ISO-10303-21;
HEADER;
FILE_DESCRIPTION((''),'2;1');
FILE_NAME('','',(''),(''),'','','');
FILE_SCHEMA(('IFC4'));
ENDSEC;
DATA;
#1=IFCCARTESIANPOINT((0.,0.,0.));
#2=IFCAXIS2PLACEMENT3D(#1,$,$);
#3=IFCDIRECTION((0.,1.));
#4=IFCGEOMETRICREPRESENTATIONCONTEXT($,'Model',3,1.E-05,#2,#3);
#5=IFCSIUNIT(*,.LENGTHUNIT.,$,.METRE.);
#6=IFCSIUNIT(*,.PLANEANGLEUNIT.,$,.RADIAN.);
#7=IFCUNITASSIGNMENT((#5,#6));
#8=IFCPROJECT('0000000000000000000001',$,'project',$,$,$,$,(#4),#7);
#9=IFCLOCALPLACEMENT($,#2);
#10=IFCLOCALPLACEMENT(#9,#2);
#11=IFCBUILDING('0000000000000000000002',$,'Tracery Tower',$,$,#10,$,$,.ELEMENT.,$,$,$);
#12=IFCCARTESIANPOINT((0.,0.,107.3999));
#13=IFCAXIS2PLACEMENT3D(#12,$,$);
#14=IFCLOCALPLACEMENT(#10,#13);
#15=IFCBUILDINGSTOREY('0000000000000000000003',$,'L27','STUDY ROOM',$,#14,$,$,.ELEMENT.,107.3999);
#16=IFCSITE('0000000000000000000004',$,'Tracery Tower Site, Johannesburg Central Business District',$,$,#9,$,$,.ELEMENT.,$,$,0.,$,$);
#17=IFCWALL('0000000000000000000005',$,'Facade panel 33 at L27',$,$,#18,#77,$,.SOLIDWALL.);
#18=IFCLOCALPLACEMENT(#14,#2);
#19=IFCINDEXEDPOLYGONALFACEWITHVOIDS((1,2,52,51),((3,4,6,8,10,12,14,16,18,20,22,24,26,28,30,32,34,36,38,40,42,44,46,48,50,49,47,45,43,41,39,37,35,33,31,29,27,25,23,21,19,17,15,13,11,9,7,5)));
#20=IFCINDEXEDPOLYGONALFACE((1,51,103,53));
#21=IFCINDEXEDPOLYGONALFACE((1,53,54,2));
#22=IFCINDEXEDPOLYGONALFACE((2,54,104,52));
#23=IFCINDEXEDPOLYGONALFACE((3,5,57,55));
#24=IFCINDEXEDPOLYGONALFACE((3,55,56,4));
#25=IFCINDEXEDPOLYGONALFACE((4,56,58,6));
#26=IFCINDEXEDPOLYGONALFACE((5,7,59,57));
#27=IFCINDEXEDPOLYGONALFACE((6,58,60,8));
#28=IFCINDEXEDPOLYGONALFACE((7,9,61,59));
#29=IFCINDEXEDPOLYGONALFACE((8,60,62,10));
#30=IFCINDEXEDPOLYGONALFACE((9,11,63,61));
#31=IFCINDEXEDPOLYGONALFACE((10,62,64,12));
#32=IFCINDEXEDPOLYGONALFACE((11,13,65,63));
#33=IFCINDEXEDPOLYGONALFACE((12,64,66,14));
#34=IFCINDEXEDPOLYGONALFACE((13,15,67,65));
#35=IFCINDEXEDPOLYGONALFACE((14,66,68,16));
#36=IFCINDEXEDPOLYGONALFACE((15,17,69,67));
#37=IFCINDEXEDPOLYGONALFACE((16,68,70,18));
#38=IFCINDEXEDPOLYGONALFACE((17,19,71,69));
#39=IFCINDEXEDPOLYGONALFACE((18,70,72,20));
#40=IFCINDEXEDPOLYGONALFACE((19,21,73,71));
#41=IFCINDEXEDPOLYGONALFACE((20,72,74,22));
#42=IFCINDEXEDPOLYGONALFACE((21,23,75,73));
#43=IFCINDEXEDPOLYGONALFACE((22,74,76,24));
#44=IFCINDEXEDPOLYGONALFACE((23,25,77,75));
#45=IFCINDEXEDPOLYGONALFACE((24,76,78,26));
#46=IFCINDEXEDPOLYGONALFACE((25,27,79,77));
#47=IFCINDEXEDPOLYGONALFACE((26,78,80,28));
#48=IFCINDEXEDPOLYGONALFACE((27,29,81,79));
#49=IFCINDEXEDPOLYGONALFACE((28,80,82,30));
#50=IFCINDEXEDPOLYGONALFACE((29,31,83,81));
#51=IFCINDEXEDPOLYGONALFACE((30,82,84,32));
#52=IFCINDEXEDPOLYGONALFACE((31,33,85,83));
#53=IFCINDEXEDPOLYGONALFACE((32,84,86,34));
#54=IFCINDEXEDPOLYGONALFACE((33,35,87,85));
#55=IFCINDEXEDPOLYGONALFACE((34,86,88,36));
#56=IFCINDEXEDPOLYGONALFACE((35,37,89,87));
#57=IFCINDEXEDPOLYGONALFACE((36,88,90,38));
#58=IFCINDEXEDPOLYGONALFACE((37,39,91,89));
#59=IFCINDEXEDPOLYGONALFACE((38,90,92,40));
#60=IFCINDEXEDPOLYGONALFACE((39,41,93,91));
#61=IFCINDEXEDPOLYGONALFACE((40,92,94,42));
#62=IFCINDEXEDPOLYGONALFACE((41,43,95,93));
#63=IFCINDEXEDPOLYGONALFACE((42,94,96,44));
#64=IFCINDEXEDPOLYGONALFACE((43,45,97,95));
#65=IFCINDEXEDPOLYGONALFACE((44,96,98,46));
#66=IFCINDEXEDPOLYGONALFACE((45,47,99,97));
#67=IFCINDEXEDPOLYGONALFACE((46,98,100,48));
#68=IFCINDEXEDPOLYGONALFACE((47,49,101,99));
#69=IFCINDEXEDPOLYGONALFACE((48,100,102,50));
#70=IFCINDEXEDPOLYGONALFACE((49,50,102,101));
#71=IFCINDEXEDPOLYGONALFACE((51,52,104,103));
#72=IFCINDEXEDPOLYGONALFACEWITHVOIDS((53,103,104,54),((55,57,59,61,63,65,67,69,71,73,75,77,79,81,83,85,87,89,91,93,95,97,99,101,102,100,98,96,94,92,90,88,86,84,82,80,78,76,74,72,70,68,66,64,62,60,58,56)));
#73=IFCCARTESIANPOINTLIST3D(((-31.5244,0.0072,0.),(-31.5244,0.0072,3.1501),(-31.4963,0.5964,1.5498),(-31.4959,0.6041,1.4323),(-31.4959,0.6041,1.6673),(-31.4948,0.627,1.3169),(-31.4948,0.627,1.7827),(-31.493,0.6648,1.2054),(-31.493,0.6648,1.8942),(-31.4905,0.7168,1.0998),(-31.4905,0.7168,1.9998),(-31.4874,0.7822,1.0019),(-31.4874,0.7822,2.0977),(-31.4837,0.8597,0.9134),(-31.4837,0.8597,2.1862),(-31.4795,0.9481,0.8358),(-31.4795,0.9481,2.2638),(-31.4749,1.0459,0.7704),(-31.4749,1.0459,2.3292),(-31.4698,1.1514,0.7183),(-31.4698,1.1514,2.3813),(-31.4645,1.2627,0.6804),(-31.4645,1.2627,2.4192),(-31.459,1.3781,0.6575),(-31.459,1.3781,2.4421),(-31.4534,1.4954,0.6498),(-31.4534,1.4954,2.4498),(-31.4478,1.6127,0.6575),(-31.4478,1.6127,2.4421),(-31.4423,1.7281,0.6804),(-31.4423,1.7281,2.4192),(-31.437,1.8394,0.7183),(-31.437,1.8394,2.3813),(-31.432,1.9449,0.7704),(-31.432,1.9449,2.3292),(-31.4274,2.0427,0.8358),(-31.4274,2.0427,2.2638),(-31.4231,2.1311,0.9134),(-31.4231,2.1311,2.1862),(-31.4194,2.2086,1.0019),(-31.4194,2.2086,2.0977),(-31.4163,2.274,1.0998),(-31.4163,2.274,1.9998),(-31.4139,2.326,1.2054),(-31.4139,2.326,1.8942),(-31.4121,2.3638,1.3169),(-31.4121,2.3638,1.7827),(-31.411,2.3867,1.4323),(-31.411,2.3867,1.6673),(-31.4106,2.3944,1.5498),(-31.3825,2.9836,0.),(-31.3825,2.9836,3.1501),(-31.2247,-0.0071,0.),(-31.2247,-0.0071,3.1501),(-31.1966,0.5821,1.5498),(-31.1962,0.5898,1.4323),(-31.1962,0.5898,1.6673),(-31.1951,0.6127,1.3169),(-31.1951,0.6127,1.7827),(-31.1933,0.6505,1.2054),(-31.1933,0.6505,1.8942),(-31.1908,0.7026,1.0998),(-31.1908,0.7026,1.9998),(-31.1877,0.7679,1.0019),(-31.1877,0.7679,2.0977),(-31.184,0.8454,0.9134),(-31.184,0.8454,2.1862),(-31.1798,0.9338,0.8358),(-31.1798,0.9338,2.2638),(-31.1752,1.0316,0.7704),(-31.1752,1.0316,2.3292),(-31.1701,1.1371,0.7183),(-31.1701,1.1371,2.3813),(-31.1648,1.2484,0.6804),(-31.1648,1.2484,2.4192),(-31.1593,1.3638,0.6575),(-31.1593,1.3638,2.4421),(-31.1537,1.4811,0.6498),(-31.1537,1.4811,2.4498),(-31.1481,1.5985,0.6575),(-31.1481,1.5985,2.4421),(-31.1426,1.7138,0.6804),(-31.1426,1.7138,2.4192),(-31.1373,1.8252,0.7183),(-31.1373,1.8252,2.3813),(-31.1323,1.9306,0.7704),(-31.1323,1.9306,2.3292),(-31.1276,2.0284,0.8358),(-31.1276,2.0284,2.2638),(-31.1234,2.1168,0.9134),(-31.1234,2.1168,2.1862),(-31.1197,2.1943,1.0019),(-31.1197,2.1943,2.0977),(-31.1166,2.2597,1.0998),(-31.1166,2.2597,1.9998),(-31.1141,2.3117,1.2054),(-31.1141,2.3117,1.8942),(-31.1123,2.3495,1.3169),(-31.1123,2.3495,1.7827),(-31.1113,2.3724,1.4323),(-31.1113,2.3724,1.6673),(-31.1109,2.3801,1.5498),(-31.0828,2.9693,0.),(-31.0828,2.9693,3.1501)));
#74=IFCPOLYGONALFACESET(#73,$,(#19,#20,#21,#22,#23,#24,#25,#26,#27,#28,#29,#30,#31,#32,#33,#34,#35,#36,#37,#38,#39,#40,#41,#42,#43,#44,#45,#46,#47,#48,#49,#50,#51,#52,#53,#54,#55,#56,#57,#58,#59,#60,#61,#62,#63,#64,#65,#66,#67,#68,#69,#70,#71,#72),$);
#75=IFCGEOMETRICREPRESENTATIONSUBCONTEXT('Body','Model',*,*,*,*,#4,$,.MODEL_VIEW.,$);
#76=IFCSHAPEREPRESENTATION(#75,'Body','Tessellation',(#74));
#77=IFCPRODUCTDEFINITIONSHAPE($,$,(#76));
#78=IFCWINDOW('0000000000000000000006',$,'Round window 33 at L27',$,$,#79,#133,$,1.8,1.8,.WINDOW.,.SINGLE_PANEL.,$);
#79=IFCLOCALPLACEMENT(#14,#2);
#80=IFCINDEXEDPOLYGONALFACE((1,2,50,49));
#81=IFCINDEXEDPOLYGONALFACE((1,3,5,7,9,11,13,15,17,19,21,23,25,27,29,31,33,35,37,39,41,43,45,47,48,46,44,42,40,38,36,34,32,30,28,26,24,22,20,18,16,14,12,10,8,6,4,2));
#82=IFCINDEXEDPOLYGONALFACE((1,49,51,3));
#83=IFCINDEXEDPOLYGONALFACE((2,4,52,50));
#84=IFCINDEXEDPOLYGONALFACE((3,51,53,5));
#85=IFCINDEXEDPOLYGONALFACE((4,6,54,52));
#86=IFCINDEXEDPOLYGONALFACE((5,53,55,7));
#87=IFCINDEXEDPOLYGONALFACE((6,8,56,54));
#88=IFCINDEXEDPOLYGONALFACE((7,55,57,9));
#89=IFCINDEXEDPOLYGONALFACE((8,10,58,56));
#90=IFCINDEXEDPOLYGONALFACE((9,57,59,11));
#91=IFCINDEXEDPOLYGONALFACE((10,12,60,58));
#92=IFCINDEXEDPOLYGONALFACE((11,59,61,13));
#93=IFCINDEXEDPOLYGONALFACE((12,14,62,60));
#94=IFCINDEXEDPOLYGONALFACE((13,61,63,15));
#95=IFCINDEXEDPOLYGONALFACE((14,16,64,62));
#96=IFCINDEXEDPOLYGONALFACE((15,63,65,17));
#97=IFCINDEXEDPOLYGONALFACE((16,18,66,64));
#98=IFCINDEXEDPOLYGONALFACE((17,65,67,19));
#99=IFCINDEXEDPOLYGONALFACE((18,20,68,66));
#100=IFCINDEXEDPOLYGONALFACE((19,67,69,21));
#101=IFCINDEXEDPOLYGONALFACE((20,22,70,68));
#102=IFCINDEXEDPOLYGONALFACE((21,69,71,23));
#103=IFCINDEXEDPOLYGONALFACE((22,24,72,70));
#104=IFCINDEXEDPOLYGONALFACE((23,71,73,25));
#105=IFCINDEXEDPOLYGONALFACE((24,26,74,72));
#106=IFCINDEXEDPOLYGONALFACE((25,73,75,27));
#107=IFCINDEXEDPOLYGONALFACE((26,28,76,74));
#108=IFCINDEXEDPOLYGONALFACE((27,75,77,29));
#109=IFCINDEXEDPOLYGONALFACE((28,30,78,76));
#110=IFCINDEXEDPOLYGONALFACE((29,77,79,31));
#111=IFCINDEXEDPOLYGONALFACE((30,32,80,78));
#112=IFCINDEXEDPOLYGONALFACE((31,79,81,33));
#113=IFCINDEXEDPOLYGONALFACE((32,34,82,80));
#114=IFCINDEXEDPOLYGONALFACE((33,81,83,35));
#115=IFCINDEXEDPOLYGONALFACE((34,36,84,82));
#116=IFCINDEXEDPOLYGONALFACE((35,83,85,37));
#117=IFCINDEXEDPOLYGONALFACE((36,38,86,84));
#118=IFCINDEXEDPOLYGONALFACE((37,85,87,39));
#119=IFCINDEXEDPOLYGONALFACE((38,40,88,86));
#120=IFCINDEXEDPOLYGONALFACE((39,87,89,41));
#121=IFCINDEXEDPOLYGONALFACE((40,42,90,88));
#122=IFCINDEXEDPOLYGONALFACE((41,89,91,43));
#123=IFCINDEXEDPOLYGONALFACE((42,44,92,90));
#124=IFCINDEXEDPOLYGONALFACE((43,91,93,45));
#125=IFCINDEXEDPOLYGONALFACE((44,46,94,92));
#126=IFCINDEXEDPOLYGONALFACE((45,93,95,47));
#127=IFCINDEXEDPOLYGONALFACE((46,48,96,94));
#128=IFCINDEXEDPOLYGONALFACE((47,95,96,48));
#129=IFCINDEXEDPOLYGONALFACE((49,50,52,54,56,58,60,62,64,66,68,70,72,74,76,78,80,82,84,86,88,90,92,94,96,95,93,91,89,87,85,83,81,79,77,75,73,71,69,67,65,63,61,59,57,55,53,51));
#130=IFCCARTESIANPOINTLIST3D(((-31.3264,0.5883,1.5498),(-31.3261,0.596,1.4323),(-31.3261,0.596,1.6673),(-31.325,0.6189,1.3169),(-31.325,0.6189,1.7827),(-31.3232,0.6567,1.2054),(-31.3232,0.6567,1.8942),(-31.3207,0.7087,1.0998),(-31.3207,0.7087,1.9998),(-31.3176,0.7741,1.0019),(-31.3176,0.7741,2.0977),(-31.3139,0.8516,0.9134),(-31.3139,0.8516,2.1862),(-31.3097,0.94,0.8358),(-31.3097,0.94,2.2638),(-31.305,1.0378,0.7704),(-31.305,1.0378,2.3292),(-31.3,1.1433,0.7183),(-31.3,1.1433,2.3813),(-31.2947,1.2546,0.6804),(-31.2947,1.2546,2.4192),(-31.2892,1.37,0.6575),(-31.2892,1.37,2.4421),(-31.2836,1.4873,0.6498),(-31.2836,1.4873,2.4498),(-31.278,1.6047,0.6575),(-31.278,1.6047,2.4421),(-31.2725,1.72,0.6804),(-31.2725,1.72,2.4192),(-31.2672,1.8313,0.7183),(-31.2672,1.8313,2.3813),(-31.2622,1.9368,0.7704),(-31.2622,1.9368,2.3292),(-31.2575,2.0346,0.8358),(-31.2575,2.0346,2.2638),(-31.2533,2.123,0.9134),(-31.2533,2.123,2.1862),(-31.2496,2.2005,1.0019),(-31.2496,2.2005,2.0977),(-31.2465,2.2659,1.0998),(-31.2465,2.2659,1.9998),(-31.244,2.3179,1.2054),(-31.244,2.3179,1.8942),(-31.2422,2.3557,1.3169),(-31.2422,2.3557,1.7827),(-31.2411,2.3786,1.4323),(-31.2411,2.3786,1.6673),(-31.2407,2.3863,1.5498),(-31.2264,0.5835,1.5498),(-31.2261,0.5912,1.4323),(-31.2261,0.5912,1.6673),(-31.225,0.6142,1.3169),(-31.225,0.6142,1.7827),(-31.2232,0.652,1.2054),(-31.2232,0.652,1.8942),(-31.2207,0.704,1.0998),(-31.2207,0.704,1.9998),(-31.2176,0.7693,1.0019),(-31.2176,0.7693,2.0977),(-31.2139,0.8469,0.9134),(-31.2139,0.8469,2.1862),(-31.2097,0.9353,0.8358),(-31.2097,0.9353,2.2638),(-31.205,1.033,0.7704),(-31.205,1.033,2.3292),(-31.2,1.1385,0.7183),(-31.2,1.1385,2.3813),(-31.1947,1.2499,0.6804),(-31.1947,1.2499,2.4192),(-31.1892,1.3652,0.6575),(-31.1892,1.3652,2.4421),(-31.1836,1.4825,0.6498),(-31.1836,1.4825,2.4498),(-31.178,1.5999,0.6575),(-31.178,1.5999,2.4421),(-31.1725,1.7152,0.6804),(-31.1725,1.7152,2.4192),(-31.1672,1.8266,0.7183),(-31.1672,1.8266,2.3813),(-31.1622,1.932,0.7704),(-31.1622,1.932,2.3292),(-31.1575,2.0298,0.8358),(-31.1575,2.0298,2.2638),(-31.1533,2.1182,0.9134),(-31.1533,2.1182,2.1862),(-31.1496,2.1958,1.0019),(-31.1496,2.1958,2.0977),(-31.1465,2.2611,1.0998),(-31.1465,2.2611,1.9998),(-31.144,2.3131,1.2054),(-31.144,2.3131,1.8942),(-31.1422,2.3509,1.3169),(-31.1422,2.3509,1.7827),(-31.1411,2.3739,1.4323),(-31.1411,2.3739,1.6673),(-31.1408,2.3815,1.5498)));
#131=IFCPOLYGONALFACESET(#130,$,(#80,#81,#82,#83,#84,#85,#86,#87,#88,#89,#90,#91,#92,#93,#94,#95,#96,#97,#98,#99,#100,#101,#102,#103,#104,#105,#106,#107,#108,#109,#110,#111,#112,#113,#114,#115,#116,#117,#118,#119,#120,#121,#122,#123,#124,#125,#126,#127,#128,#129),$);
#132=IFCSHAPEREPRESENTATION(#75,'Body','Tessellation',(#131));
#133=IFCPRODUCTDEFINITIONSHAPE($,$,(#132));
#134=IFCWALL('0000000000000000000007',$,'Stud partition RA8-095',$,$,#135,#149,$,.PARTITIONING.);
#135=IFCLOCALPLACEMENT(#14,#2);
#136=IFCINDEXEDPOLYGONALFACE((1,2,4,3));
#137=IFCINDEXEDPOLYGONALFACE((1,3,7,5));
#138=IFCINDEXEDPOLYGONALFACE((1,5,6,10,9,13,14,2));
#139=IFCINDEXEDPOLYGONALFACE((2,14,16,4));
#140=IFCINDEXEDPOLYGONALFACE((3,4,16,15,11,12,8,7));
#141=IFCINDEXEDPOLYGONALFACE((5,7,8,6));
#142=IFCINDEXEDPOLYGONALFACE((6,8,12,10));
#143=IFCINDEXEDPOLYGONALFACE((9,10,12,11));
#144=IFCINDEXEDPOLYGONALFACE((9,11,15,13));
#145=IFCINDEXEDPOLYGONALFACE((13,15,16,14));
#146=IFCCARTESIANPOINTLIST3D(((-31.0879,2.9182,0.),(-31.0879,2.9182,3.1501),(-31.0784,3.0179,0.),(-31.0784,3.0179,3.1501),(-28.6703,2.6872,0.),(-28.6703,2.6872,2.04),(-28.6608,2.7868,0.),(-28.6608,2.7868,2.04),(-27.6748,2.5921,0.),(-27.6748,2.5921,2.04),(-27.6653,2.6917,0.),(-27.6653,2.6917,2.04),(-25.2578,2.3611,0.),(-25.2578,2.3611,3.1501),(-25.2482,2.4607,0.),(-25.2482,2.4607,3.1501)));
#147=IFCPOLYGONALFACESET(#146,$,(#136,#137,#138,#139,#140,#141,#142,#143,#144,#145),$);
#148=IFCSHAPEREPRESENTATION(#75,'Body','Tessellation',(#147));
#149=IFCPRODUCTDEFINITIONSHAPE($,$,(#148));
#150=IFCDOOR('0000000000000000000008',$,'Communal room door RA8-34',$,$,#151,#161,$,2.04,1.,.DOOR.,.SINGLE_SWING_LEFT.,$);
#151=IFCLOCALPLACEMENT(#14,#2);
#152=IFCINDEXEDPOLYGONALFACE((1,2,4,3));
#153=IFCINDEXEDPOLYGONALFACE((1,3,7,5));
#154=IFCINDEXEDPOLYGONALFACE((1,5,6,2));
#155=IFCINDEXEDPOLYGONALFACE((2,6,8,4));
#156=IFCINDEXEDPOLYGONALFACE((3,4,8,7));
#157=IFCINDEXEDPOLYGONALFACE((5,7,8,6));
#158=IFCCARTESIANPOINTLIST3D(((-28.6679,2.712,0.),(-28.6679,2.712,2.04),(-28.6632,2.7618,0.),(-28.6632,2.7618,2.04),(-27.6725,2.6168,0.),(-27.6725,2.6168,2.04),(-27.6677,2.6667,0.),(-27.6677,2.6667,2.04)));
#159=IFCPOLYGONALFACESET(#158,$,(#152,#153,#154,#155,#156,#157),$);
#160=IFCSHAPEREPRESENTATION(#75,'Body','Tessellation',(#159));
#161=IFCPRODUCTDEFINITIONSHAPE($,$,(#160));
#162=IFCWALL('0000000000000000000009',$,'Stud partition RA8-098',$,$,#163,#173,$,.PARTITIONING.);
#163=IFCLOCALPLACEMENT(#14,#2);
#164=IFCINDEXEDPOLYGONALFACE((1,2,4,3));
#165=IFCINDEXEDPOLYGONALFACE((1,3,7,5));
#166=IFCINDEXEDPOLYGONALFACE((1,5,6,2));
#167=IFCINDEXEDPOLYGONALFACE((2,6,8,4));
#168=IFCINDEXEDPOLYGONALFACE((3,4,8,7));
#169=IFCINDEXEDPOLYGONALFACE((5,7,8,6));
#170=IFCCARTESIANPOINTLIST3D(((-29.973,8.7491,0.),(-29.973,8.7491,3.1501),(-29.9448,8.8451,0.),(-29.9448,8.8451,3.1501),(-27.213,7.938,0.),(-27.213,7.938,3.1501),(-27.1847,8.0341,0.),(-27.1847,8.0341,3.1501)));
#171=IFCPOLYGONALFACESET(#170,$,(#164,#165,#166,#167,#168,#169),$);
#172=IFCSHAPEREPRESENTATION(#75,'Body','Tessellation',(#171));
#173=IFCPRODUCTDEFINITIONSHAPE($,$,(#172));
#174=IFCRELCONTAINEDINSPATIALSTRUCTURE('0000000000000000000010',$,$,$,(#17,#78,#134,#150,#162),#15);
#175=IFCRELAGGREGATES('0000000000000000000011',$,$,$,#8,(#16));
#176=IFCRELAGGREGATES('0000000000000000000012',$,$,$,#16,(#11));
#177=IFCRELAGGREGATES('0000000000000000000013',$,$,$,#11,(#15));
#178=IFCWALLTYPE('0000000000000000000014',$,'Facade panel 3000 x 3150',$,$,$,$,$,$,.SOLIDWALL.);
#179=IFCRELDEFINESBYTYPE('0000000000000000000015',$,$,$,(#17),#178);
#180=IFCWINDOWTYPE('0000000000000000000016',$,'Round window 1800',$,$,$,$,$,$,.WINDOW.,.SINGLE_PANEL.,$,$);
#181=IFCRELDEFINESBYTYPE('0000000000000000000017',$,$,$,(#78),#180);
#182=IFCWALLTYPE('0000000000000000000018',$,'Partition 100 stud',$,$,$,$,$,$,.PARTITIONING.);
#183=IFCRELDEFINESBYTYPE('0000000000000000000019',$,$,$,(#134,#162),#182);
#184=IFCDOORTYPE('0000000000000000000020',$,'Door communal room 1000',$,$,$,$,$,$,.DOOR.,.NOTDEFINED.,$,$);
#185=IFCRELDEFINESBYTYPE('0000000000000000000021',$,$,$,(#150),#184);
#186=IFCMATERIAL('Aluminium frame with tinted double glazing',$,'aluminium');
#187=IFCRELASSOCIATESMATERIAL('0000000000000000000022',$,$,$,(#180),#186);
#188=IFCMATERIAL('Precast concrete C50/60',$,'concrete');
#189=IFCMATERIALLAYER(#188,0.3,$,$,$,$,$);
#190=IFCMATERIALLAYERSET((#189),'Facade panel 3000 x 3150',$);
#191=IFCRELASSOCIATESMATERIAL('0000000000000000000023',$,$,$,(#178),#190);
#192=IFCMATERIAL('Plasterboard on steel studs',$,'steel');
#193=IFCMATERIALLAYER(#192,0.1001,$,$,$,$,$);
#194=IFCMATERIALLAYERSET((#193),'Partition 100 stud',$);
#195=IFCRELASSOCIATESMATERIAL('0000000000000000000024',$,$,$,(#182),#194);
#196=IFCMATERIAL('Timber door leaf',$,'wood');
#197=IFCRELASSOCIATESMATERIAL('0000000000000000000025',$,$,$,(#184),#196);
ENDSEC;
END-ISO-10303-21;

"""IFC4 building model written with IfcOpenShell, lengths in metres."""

from ifc_helpers import new_model, si_unit, direction, frame, frame_2d, origin, origin_2d, place, context, subcontext, project, spatial, rectangle, circle, extrude, material, layer, layer_set, type_object, element, fill, save


model = new_model("IFC4")

# Units and contexts
model_context = context("Model", 3, precision=1e-05, world=origin(), true_north=direction((0.0, 1.0)))
body_context = subcontext(model_context, "Body", "Model", "MODEL_VIEW")
ifc_project = project(units=[si_unit("LENGTHUNIT", "METRE"), si_unit("PLANEANGLEUNIT", "RADIAN")], contexts=[model_context])

# Site, building, storey
site_placement = place(None, origin())
site = spatial("IfcSite", under=ifc_project, at=site_placement, Name="Tracery Tower Site, Johannesburg Central Business District", CompositionType="ELEMENT", RefElevation=0.0)
building_placement = place(site_placement, origin())
building = spatial("IfcBuilding", under=site, at=building_placement, Name="Tracery Tower", CompositionType="ELEMENT")
storey_placement = place(building_placement, frame((0.0, 0.0, 107.3999)))
storey = spatial("IfcBuildingStorey", under=building, at=storey_placement, Name="L27", Description="STUDY ROOM", CompositionType="ELEMENT", Elevation=107.3999)

# Wall, opening, window
ifc_material_1 = material(Name="Aluminium frame with tinted double glazing", Category="aluminium")
window_type = type_object("IfcWindowType", Name="Round window 1800", PartitioningType="SINGLE_PANEL", PredefinedType="WINDOW", material=ifc_material_1)
ifc_material_2 = material(Name="Precast concrete C50/60", Category="concrete")
ifc_layer_1 = layer(ifc_material_2, 0.3)
ifc_layer_set_1 = layer_set([ifc_layer_1], Name="Facade panel 3000 x 3150")
wall_type_1 = type_object("IfcWallType", Name="Facade panel 3000 x 3150", PredefinedType="SOLIDWALL", material=ifc_layer_set_1)
wall_1_placement = place(storey_placement, frame((-31.2327, 2.9763, 0.0), z_axis=(0.0, 0.0, 1.0), x_axis=(-0.047604, -0.998866, 0.0)))
wall_1 = element("IfcWall", 1, at=wall_1_placement, inside=storey, type_object=wall_type_1, Name="Facade panel 33 at L27", PredefinedType="SOLIDWALL", context=body_context, shape_type="SweptSolid", body=[
    extrude(rectangle(XDim=2.9797, YDim=0.3, at=frame_2d((1.4897, 0.0))), origin(), (0.0, 0.0, 1.0), 3.1501),
])
opening_1_placement = place(wall_1_placement, frame((1.4897, 0.0, 1.5498)))
opening_1 = element("IfcOpeningElement", 2, at=opening_1_placement, cuts=wall_1, PredefinedType="OPENING", context=body_context, shape_type="SweptSolid", body=[
    extrude(circle(Radius=0.9, at=origin_2d()), frame((0.0, 0.1599, 0.0), z_axis=(0.0, -1.0, 0.0), x_axis=(1.0, 0.0, 0.0)), (0.0, 0.0, 1.0), 0.3201),
])
window_1_placement = place(opening_1_placement, origin())
window_1 = element("IfcWindow", 3, at=window_1_placement, inside=storey, type_object=window_type, Name="Round window 33 at L27", OverallHeight=1.8, OverallWidth=1.8, PartitioningType="SINGLE_PANEL", PredefinedType="WINDOW", context=body_context, shape_type="SweptSolid", body=[
    extrude(circle(Radius=0.9, at=origin_2d()), frame((0.0, 0.1201, 0.0), z_axis=(0.0, -1.0, 0.0), x_axis=(1.0, 0.0, 0.0)), (0.0, 0.0, 1.0), 0.1001),
])
fill(opening_1, window_1)

# Wall, opening, door
ifc_material_3 = material(Name="Plasterboard on steel studs", Category="steel")
ifc_layer_2 = layer(ifc_material_3, 0.1001)
ifc_layer_set_2 = layer_set([ifc_layer_2], Name="Partition 100 stud")
wall_type_2 = type_object("IfcWallType", Name="Partition 100 stud", PredefinedType="PARTITIONING", material=ifc_layer_set_2)
wall_2_placement = place(storey_placement, frame((-31.083, 2.968, 0.0), z_axis=(0.0, 0.0, 1.0), x_axis=(0.995465, -0.095128, 0.0)))
wall_2 = element("IfcWall", 4, at=wall_2_placement, inside=storey, type_object=wall_type_2, Name="Stud partition RA8-095", PredefinedType="PARTITIONING", context=body_context, shape_type="SweptSolid", body=[
    extrude(rectangle(XDim=5.8567, YDim=0.1001, at=frame_2d((2.9282, 0.0))), origin(), (0.0, 0.0, 1.0), 3.1501),
])
opening_2_placement = place(wall_2_placement, frame((2.4285, 0.0, 0.0)))
opening_2 = element("IfcOpeningElement", 5, at=opening_2_placement, cuts=wall_2, PredefinedType="OPENING", context=body_context, shape_type="SweptSolid", body=[
    extrude(rectangle(XDim=1.0, YDim=2.04, at=frame_2d((0.5, 1.02))), frame((0.0, 0.05, 0.0), z_axis=(0.0, -1.0, 0.0), x_axis=(1.0, 0.0, 0.0)), (0.0, 0.0, 1.0), 0.1001),
])
ifc_material_4 = material(Name="Timber door leaf", Category="wood")
door_type_1 = type_object("IfcDoorType", Name="Door communal room 1000", OperationType="NOTDEFINED", PredefinedType="DOOR", material=ifc_material_4)
door_1_placement = place(opening_2_placement, origin())
door_1 = element("IfcDoor", 6, at=door_1_placement, inside=storey, type_object=door_type_1, Name="Communal room door RA8-34", OperationType="SINGLE_SWING_LEFT", OverallHeight=2.04, OverallWidth=1.0, PredefinedType="DOOR", context=body_context, shape_type="SweptSolid", body=[
    extrude(rectangle(XDim=1.0, YDim=2.04, at=frame_2d((0.5, 1.02))), frame((0.0, 0.0249, 0.0), z_axis=(0.0, -1.0, 0.0), x_axis=(1.0, 0.0, 0.0)), (0.0, 0.0, 1.0), 0.05),
])
fill(opening_2, door_1)

# Wall
wall_3_placement = place(storey_placement, frame((-29.959, 8.7971, 0.0), z_axis=(0.0, 0.0, 1.0), x_axis=(0.959434, -0.281932, 0.0)))
element("IfcWall", 7, at=wall_3_placement, inside=storey, type_object=wall_type_2, Name="Stud partition RA8-098", PredefinedType="PARTITIONING", context=body_context, shape_type="SweptSolid", body=[
    extrude(rectangle(XDim=2.8767, YDim=0.1001, at=frame_2d((1.4385, 0.0))), origin(), (0.0, 0.0, 1.0), 3.1501),
])

save(model, "model.ifc")
